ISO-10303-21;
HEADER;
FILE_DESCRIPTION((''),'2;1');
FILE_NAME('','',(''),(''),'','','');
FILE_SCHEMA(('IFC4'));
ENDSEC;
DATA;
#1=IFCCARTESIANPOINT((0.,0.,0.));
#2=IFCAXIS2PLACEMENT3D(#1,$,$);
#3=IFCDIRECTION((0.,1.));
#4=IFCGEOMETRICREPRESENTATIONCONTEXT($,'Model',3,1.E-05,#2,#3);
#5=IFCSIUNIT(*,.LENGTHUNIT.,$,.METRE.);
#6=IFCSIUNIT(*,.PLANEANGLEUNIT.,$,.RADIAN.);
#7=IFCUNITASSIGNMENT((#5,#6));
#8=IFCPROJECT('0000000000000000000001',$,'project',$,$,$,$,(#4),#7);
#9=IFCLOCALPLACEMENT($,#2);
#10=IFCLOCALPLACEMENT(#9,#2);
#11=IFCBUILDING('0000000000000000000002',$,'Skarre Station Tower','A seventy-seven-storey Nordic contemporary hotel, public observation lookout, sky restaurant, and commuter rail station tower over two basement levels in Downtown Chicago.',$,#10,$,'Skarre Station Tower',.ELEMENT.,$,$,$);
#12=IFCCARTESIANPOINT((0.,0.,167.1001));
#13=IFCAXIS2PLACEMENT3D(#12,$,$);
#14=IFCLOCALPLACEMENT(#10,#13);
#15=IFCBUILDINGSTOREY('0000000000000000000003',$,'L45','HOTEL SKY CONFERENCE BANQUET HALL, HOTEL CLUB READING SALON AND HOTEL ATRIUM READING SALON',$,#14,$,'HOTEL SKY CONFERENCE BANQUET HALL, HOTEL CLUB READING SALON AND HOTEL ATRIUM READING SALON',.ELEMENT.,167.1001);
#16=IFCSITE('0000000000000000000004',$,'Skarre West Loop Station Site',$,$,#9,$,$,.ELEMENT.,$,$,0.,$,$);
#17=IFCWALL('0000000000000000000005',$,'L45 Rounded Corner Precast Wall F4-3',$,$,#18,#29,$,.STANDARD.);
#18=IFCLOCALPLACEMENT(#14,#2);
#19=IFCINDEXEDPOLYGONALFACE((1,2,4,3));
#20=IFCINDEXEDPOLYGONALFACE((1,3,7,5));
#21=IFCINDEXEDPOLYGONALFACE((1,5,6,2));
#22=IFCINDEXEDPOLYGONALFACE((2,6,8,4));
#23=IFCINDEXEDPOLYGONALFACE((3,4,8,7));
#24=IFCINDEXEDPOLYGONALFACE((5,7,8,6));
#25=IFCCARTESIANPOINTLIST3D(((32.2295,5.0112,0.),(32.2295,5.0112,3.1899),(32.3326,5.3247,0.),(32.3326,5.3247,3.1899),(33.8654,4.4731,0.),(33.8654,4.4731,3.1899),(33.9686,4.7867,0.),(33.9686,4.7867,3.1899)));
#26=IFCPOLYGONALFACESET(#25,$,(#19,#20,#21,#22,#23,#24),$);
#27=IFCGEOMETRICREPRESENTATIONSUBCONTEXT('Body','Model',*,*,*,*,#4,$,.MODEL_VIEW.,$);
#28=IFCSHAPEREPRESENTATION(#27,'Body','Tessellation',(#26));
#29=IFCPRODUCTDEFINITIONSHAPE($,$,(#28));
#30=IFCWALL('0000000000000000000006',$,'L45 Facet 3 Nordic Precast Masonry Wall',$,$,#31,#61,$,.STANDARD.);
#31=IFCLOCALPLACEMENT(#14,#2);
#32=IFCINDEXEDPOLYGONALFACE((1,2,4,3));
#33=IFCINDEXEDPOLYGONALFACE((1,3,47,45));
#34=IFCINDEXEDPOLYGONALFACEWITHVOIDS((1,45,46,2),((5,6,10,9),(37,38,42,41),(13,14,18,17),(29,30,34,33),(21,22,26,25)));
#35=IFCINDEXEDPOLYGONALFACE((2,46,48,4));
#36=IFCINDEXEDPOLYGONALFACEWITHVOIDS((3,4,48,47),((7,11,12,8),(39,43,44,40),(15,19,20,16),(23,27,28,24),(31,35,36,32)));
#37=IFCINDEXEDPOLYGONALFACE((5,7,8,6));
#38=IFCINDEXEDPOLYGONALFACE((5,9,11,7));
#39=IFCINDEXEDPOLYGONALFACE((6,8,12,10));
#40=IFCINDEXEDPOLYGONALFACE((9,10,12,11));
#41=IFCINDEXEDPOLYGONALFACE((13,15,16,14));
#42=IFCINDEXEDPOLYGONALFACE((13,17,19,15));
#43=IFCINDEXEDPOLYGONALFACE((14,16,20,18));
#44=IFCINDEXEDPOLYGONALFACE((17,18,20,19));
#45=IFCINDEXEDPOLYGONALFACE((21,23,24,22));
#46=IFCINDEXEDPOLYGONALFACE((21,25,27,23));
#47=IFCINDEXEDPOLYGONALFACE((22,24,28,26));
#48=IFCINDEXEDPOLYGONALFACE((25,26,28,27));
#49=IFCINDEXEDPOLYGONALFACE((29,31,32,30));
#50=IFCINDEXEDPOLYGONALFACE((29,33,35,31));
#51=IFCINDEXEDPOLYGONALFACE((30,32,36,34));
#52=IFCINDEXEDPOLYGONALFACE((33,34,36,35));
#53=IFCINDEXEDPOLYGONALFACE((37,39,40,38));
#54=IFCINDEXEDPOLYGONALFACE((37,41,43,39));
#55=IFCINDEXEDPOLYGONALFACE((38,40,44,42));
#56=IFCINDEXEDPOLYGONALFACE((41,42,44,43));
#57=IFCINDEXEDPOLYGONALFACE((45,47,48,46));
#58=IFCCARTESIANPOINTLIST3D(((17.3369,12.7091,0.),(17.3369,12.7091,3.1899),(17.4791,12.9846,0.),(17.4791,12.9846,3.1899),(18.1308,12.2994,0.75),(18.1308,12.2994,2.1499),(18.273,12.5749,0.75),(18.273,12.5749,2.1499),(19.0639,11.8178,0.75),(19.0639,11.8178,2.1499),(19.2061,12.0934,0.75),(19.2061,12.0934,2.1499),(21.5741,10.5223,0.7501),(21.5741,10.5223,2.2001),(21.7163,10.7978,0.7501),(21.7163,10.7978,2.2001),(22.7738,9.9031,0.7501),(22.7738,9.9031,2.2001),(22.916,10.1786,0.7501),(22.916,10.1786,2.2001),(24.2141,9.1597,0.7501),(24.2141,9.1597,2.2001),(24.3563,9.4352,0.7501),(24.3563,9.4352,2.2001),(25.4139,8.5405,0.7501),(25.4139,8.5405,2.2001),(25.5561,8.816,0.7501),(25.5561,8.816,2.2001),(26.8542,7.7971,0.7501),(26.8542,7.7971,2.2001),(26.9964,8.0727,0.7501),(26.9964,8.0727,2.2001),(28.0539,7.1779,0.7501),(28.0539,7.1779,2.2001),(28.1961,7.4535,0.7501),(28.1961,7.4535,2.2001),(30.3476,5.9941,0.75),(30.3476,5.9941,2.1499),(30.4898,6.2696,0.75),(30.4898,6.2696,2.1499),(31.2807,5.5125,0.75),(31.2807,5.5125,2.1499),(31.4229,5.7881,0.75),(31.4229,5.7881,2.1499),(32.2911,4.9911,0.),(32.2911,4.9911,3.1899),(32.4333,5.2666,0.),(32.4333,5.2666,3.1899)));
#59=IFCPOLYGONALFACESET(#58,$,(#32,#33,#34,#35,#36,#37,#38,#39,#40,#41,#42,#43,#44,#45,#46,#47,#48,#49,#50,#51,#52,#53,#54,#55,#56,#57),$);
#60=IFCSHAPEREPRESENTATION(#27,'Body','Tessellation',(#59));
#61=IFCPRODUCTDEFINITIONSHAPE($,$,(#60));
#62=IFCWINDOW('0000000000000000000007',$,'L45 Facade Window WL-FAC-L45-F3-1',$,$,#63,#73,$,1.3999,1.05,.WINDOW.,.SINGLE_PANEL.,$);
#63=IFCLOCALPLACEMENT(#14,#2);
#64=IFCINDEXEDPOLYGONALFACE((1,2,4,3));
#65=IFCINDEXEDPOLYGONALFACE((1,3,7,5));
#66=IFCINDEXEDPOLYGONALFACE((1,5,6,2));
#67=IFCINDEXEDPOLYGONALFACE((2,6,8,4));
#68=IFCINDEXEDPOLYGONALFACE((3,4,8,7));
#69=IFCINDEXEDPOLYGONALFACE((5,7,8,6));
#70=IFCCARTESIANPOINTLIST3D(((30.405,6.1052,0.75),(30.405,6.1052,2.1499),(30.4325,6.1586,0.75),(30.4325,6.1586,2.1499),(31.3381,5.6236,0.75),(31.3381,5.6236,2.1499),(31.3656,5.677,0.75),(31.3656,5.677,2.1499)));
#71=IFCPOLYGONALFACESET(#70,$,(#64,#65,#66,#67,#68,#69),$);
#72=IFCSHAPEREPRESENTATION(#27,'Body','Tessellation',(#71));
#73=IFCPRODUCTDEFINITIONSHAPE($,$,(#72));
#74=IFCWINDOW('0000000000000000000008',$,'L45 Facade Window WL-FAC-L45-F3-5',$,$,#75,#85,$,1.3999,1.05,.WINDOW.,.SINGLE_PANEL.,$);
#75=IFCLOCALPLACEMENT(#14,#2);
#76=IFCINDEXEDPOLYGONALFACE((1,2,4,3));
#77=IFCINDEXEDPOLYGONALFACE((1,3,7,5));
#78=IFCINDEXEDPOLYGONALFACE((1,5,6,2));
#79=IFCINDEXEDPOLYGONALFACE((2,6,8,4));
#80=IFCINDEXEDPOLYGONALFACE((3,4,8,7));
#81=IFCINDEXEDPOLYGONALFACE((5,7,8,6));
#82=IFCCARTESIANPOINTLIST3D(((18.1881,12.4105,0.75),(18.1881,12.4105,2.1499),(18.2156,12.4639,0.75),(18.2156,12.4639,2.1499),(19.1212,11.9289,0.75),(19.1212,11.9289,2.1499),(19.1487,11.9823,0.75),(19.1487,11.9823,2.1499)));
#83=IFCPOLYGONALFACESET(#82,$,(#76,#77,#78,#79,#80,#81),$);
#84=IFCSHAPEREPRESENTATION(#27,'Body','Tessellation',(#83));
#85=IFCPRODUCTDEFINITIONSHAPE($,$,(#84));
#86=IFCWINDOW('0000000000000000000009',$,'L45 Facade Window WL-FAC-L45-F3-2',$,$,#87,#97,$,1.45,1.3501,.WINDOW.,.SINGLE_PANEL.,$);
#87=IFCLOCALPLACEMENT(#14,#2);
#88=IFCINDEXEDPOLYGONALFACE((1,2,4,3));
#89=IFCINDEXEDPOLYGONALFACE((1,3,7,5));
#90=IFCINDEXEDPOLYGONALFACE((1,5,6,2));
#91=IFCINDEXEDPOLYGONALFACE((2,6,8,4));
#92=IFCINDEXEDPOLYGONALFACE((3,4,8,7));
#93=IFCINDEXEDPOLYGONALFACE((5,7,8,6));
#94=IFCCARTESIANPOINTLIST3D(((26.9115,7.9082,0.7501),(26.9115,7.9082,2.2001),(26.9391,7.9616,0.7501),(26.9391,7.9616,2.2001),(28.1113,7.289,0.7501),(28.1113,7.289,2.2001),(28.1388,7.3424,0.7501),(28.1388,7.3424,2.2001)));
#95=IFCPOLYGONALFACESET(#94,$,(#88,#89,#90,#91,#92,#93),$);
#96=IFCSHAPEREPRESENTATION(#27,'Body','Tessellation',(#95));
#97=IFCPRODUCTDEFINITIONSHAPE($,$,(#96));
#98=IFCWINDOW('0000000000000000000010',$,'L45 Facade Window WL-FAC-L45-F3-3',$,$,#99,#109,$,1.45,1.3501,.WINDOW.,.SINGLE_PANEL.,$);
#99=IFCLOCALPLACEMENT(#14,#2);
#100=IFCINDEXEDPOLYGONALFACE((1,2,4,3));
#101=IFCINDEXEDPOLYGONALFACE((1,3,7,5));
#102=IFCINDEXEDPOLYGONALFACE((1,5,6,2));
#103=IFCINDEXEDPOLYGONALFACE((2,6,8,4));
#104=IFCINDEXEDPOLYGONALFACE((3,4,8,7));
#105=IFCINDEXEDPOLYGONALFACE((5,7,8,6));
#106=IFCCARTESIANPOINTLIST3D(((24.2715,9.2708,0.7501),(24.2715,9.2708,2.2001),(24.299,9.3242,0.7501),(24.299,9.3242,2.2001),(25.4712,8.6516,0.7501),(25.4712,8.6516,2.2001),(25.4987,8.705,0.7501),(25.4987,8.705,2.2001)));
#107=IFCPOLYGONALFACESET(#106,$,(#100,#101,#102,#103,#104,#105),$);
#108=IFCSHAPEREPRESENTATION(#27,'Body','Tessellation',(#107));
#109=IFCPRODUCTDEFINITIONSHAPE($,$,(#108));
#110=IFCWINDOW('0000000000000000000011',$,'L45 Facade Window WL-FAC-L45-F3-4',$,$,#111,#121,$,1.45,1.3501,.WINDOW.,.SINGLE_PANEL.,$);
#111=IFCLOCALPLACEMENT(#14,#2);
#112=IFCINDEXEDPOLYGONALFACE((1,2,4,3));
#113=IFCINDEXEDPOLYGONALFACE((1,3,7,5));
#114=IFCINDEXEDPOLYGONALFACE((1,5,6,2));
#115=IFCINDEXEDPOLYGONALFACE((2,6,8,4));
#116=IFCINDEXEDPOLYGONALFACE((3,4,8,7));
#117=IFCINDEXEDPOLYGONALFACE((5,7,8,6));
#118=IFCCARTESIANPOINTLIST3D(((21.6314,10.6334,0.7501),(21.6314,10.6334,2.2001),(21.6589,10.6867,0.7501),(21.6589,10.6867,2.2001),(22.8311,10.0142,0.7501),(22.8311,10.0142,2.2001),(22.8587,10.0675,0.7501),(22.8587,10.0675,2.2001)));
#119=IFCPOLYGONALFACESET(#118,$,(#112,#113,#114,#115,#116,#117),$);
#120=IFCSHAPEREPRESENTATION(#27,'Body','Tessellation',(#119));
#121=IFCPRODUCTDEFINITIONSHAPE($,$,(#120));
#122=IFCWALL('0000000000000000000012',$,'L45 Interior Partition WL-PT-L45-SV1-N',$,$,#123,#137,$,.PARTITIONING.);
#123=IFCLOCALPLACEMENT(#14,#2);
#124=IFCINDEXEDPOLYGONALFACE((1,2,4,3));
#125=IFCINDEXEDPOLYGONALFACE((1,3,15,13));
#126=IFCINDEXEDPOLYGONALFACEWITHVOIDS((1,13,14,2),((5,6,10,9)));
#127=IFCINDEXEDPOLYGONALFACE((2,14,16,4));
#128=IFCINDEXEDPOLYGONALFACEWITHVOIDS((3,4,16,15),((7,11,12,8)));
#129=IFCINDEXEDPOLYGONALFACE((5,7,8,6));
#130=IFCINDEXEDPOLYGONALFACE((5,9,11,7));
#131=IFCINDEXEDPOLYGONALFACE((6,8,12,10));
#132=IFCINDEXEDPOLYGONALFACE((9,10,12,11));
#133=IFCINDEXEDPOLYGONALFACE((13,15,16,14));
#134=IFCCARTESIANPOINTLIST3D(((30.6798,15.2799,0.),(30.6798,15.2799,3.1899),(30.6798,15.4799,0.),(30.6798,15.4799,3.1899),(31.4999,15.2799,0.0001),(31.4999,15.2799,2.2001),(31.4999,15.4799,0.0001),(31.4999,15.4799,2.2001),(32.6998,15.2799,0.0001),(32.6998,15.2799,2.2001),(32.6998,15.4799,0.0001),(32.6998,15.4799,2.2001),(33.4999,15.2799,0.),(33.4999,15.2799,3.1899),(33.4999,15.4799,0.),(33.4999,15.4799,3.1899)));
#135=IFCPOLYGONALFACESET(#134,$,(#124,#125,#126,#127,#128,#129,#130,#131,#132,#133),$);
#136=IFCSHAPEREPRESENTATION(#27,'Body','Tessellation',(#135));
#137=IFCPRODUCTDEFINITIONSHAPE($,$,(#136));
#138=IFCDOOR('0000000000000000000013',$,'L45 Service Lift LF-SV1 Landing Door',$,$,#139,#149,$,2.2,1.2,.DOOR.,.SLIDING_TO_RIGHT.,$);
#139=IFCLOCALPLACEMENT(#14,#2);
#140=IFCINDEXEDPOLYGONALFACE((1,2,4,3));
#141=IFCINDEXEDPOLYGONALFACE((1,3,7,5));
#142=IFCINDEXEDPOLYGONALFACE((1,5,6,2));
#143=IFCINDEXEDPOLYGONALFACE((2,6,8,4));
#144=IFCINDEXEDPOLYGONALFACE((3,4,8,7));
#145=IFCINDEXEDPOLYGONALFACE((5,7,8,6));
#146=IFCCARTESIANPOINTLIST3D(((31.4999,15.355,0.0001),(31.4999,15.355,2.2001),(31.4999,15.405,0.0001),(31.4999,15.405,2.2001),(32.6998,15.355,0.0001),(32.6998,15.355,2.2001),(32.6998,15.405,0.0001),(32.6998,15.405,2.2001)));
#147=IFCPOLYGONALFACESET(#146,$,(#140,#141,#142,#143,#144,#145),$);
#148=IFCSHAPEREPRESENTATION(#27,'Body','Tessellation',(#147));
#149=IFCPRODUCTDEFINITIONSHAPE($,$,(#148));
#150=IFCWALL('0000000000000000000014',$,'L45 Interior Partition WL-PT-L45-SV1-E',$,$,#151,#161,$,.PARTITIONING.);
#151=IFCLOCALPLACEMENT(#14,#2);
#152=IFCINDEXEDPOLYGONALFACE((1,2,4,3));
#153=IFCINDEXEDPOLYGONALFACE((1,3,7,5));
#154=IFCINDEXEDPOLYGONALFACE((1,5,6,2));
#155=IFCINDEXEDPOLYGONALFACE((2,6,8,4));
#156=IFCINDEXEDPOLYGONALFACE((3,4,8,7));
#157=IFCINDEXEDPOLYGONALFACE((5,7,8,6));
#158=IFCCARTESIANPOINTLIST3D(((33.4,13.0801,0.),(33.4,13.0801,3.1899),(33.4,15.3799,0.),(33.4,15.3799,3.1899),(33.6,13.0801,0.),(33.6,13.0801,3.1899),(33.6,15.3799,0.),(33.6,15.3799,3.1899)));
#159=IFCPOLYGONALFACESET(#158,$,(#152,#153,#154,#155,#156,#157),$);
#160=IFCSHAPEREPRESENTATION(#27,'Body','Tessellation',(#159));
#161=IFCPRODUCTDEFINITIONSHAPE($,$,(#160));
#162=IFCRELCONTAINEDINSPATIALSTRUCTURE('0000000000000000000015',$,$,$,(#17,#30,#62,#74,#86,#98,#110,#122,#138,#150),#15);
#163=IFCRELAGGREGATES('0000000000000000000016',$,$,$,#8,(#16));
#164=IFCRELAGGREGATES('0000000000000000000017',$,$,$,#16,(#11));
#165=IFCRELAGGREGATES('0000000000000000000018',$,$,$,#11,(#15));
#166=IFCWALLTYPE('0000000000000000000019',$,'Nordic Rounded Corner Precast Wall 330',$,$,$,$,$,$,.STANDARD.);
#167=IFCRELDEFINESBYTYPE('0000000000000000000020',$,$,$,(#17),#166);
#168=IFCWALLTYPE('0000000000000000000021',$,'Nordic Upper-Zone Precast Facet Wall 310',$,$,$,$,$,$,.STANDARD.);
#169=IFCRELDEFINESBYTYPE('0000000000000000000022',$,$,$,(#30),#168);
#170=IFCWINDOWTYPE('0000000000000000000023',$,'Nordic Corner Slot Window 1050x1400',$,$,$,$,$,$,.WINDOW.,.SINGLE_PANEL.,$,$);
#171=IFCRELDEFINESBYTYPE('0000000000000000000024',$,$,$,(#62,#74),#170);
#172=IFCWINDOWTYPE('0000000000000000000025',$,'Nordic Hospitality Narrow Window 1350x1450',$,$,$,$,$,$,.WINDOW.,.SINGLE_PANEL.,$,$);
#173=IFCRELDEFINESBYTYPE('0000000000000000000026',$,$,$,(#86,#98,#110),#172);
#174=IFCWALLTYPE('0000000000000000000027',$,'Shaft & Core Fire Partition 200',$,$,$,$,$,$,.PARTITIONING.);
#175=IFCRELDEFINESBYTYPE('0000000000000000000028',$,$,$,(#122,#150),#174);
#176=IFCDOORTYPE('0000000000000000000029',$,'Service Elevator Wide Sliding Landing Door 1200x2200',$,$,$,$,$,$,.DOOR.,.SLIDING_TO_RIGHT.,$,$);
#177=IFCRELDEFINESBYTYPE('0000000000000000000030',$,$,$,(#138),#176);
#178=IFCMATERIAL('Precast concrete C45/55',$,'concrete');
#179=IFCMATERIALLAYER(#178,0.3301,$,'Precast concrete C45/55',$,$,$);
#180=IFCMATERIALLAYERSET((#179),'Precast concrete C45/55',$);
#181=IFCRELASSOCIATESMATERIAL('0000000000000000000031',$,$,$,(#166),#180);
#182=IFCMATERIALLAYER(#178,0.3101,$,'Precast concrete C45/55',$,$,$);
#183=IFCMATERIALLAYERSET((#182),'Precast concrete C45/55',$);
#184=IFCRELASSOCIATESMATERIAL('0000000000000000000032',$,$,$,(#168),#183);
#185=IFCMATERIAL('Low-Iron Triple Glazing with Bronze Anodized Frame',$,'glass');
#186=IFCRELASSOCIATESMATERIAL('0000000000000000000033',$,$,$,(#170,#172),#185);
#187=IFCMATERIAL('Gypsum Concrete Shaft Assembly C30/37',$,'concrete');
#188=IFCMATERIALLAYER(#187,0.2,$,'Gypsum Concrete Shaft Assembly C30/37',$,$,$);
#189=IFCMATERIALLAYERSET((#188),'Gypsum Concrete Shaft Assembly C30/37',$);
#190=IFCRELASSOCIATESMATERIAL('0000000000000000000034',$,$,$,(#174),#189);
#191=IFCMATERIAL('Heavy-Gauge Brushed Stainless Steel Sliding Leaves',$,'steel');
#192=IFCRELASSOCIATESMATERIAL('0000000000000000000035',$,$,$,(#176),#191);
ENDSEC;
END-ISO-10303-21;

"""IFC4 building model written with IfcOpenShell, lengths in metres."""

from ifc_helpers import new_model, si_unit, direction, frame, frame_2d, origin, place, context, subcontext, project, spatial, rectangle, extrude, material, layer, layer_set, type_object, element, fill, save


model = new_model("IFC4")

# Units and contexts
model_context = context("Model", 3, precision=1e-05, world=origin(), true_north=direction((0.0, 1.0)))
body_context = subcontext(model_context, "Body", "Model", "MODEL_VIEW")
ifc_project = project(units=[si_unit("LENGTHUNIT", "METRE"), si_unit("PLANEANGLEUNIT", "RADIAN")], contexts=[model_context])

# Site, building, storey
site_placement = place(None, origin())
site = spatial("IfcSite", under=ifc_project, at=site_placement, Name="Skarre West Loop Station Site", CompositionType="ELEMENT", RefElevation=0.0)
building_placement = place(site_placement, origin())
building = spatial("IfcBuilding", under=site, at=building_placement, Name="Skarre Station Tower", Description="A seventy-seven-storey Nordic contemporary hotel, public observation lookout, sky restaurant, and commuter rail station tower over two basement levels in Downtown Chicago.", LongName="Skarre Station Tower", CompositionType="ELEMENT")
storey_placement = place(building_placement, frame((0.0, 0.0, 167.1001)))
storey = spatial("IfcBuildingStorey", under=building, at=storey_placement, Name="L45", Description="HOTEL SKY CONFERENCE BANQUET HALL, HOTEL CLUB READING SALON AND HOTEL ATRIUM READING SALON", LongName="HOTEL SKY CONFERENCE BANQUET HALL, HOTEL CLUB READING SALON AND HOTEL ATRIUM READING SALON", CompositionType="ELEMENT", Elevation=167.1001)

# Wall
ifc_material_1 = material(Name="Precast concrete C45/55", Category="concrete")
ifc_layer_1 = layer(ifc_material_1, 0.3301, Name="Precast concrete C45/55")
ifc_layer_set_1 = layer_set([ifc_layer_1], Name="Precast concrete C45/55")
wall_type_1 = type_object("IfcWallType", Name="Nordic Rounded Corner Precast Wall 330", PredefinedType="STANDARD", material=ifc_layer_set_1)
wall_1_placement = place(storey_placement, frame((33.917, 4.6299, 0.0), z_axis=(0.0, 0.0, 1.0), x_axis=(-0.949937, 0.31244, 0.0)))
element("IfcWall", 1, at=wall_1_placement, inside=storey, type_object=wall_type_1, Name="L45 Rounded Corner Precast Wall F4-3", PredefinedType="STANDARD", context=body_context, shape_type="SweptSolid", body=[
    extrude(rectangle(XDim=1.7222, YDim=0.3301, at=frame_2d((0.8611, 0.0))), origin(), (0.0, 0.0, 1.0), 3.1899),
])

# Wall, openings, windows
ifc_layer_2 = layer(ifc_material_1, 0.3101, Name="Precast concrete C45/55")
ifc_layer_set_2 = layer_set([ifc_layer_2], Name="Precast concrete C45/55")
wall_type_2 = type_object("IfcWallType", Name="Nordic Upper-Zone Precast Facet Wall 310", PredefinedType="STANDARD", material=ifc_layer_set_2)
wall_2_placement = place(storey_placement, frame((32.3621, 5.1289, 0.0), z_axis=(0.0, 0.0, 1.0), x_axis=(-0.888626, 0.458632, 0.0)))
wall_2 = element("IfcWall", 2, at=wall_2_placement, inside=storey, type_object=wall_type_2, Name="L45 Facet 3 Nordic Precast Masonry Wall", PredefinedType="STANDARD", context=body_context, shape_type="SweptSolid", body=[
    extrude(rectangle(XDim=16.8284, YDim=0.3101, at=frame_2d((8.4141, 0.0))), origin(), (0.0, 0.0, 1.0), 3.1899),
])
opening_1_placement = place(wall_2_placement, frame((1.137, 0.0, 0.75)))
opening_1 = element("IfcOpeningElement", 3, at=opening_1_placement, cuts=wall_2, PredefinedType="OPENING", context=body_context, shape_type="SweptSolid", body=[
    extrude(rectangle(XDim=1.05, YDim=1.3999, at=frame_2d((0.5249, 0.7))), frame((0.0, 0.165, 0.0), z_axis=(0.0, -1.0, 0.0), x_axis=(1.0, 0.0, 0.0)), (0.0, 0.0, 1.0), 0.3301),
])
opening_2_placement = place(wall_2_placement, frame((4.7681, 0.0, 0.75)))
opening_2 = element("IfcOpeningElement", 4, at=opening_2_placement, cuts=wall_2, PredefinedType="OPENING", context=body_context, shape_type="SweptSolid", body=[
    extrude(rectangle(XDim=1.3501, YDim=1.45, at=frame_2d((0.675, 0.7251))), frame((0.0, 0.165, 0.0), z_axis=(0.0, -1.0, 0.0), x_axis=(1.0, 0.0, 0.0)), (0.0, 0.0, 1.0), 0.3301),
])
opening_3_placement = place(wall_2_placement, frame((7.739, 0.0, 0.75)))
opening_3 = element("IfcOpeningElement", 5, at=opening_3_placement, cuts=wall_2, PredefinedType="OPENING", context=body_context, shape_type="SweptSolid", body=[
    extrude(rectangle(XDim=1.3501, YDim=1.45, at=frame_2d((0.675, 0.7251))), frame((0.0, 0.165, 0.0), z_axis=(0.0, -1.0, 0.0), x_axis=(1.0, 0.0, 0.0)), (0.0, 0.0, 1.0), 0.3301),
])
opening_4_placement = place(wall_2_placement, frame((10.71, 0.0, 0.75)))
opening_4 = element("IfcOpeningElement", 6, at=opening_4_placement, cuts=wall_2, PredefinedType="OPENING", context=body_context, shape_type="SweptSolid", body=[
    extrude(rectangle(XDim=1.3501, YDim=1.45, at=frame_2d((0.675, 0.7251))), frame((0.0, 0.165, 0.0), z_axis=(0.0, -1.0, 0.0), x_axis=(1.0, 0.0, 0.0)), (0.0, 0.0, 1.0), 0.3301),
])
opening_5_placement = place(wall_2_placement, frame((14.885, 0.0, 0.75)))
opening_5 = element("IfcOpeningElement", 7, at=opening_5_placement, cuts=wall_2, PredefinedType="OPENING", context=body_context, shape_type="SweptSolid", body=[
    extrude(rectangle(XDim=1.05, YDim=1.3999, at=frame_2d((0.5249, 0.7))), frame((0.0, 0.165, 0.0), z_axis=(0.0, -1.0, 0.0), x_axis=(1.0, 0.0, 0.0)), (0.0, 0.0, 1.0), 0.3301),
])
ifc_material_2 = material(Name="Low-Iron Triple Glazing with Bronze Anodized Frame", Category="glass")
window_type_1 = type_object("IfcWindowType", Name="Nordic Corner Slot Window 1050x1400", PartitioningType="SINGLE_PANEL", PredefinedType="WINDOW", material=ifc_material_2)
window_1_placement = place(opening_1_placement, origin())
window_1 = element("IfcWindow", 8, at=window_1_placement, inside=storey, type_object=window_type_1, Name="L45 Facade Window WL-FAC-L45-F3-1", OverallHeight=1.3999, OverallWidth=1.05, PartitioningType="SINGLE_PANEL", PredefinedType="WINDOW", context=body_context, shape_type="SweptSolid", body=[
    extrude(rectangle(XDim=1.05, YDim=1.3999, at=frame_2d((0.5249, 0.7))), frame((0.0, 0.03, 0.0), z_axis=(0.0, -1.0, 0.0), x_axis=(1.0, 0.0, 0.0)), (0.0, 0.0, 1.0), 0.0601),
])
fill(opening_1, window_1)
window_2_placement = place(opening_5_placement, origin())
window_2 = element("IfcWindow", 9, at=window_2_placement, inside=storey, type_object=window_type_1, Name="L45 Facade Window WL-FAC-L45-F3-5", OverallHeight=1.3999, OverallWidth=1.05, PartitioningType="SINGLE_PANEL", PredefinedType="WINDOW", context=body_context, shape_type="SweptSolid", body=[
    extrude(rectangle(XDim=1.05, YDim=1.3999, at=frame_2d((0.5249, 0.7))), frame((0.0, 0.03, 0.0), z_axis=(0.0, -1.0, 0.0), x_axis=(1.0, 0.0, 0.0)), (0.0, 0.0, 1.0), 0.0601),
])
fill(opening_5, window_2)
window_type_2 = type_object("IfcWindowType", Name="Nordic Hospitality Narrow Window 1350x1450", PartitioningType="SINGLE_PANEL", PredefinedType="WINDOW", material=ifc_material_2)
window_3_placement = place(opening_2_placement, origin())
window_3 = element("IfcWindow", 10, at=window_3_placement, inside=storey, type_object=window_type_2, Name="L45 Facade Window WL-FAC-L45-F3-2", OverallHeight=1.45, OverallWidth=1.3501, PartitioningType="SINGLE_PANEL", PredefinedType="WINDOW", context=body_context, shape_type="SweptSolid", body=[
    extrude(rectangle(XDim=1.3501, YDim=1.45, at=frame_2d((0.675, 0.7251))), frame((0.0, 0.03, 0.0), z_axis=(0.0, -1.0, 0.0), x_axis=(1.0, 0.0, 0.0)), (0.0, 0.0, 1.0), 0.0601),
])
fill(opening_2, window_3)
window_4_placement = place(opening_3_placement, origin())
window_4 = element("IfcWindow", 11, at=window_4_placement, inside=storey, type_object=window_type_2, Name="L45 Facade Window WL-FAC-L45-F3-3", OverallHeight=1.45, OverallWidth=1.3501, PartitioningType="SINGLE_PANEL", PredefinedType="WINDOW", context=body_context, shape_type="SweptSolid", body=[
    extrude(rectangle(XDim=1.3501, YDim=1.45, at=frame_2d((0.675, 0.7251))), frame((0.0, 0.03, 0.0), z_axis=(0.0, -1.0, 0.0), x_axis=(1.0, 0.0, 0.0)), (0.0, 0.0, 1.0), 0.0601),
])
fill(opening_3, window_4)
window_5_placement = place(opening_4_placement, origin())
window_5 = element("IfcWindow", 12, at=window_5_placement, inside=storey, type_object=window_type_2, Name="L45 Facade Window WL-FAC-L45-F3-4", OverallHeight=1.45, OverallWidth=1.3501, PartitioningType="SINGLE_PANEL", PredefinedType="WINDOW", context=body_context, shape_type="SweptSolid", body=[
    extrude(rectangle(XDim=1.3501, YDim=1.45, at=frame_2d((0.675, 0.7251))), frame((0.0, 0.03, 0.0), z_axis=(0.0, -1.0, 0.0), x_axis=(1.0, 0.0, 0.0)), (0.0, 0.0, 1.0), 0.0601),
])
fill(opening_4, window_5)

# Wall, opening, door
ifc_material_3 = material(Name="Gypsum Concrete Shaft Assembly C30/37", Category="concrete")
ifc_layer_3 = layer(ifc_material_3, 0.2, Name="Gypsum Concrete Shaft Assembly C30/37")
ifc_layer_set_3 = layer_set([ifc_layer_3], Name="Gypsum Concrete Shaft Assembly C30/37")
wall_type_3 = type_object("IfcWallType", Name="Shaft & Core Fire Partition 200", PredefinedType="PARTITIONING", material=ifc_layer_set_3)
wall_3_placement = place(storey_placement, frame((33.5, 15.3799, 0.0), z_axis=(0.0, 0.0, 1.0), x_axis=(-1.0, 0.0, 0.0)))
wall_3 = element("IfcWall", 13, at=wall_3_placement, inside=storey, type_object=wall_type_3, Name="L45 Interior Partition WL-PT-L45-SV1-N", PredefinedType="PARTITIONING", context=body_context, shape_type="SweptSolid", body=[
    extrude(rectangle(XDim=2.8201, YDim=0.2, at=frame_2d((1.4102, 0.0))), origin(), (0.0, 0.0, 1.0), 3.1899),
])
opening_6_placement = place(wall_3_placement, frame((0.8, 0.0, 0.0)))
opening_6 = element("IfcOpeningElement", 14, at=opening_6_placement, cuts=wall_3, PredefinedType="OPENING", context=body_context, shape_type="SweptSolid", body=[
    extrude(rectangle(XDim=1.2, YDim=2.2, at=frame_2d((0.6001, 1.1001))), frame((0.0, 0.1099, 0.0), z_axis=(0.0, -1.0, 0.0), x_axis=(1.0, 0.0, 0.0)), (0.0, 0.0, 1.0), 0.22),
])
ifc_material_4 = material(Name="Heavy-Gauge Brushed Stainless Steel Sliding Leaves", Category="steel")
door_type_1 = type_object("IfcDoorType", Name="Service Elevator Wide Sliding Landing Door 1200x2200", OperationType="SLIDING_TO_RIGHT", PredefinedType="DOOR", material=ifc_material_4)
door_1_placement = place(opening_6_placement, origin())
door_1 = element("IfcDoor", 15, at=door_1_placement, inside=storey, type_object=door_type_1, Name="L45 Service Lift LF-SV1 Landing Door", OperationType="SLIDING_TO_RIGHT", OverallHeight=2.2, OverallWidth=1.2, PredefinedType="DOOR", context=body_context, shape_type="SweptSolid", body=[
    extrude(rectangle(XDim=1.2, YDim=2.2, at=frame_2d((0.6001, 1.1001))), frame((0.0, 0.0249, 0.0), z_axis=(0.0, -1.0, 0.0), x_axis=(1.0, 0.0, 0.0)), (0.0, 0.0, 1.0), 0.05),
])
fill(opening_6, door_1)

# Wall
wall_4_placement = place(storey_placement, frame((33.5, 13.0801, 0.0), z_axis=(0.0, 0.0, 1.0), x_axis=(0.0, 1.0, 0.0)))
element("IfcWall", 16, at=wall_4_placement, inside=storey, type_object=wall_type_3, Name="L45 Interior Partition WL-PT-L45-SV1-E", PredefinedType="PARTITIONING", context=body_context, shape_type="SweptSolid", body=[
    extrude(rectangle(XDim=2.2998, YDim=0.2, at=frame_2d((1.1499, 0.0))), origin(), (0.0, 0.0, 1.0), 3.1899),
])

save(model, "model.ifc")
